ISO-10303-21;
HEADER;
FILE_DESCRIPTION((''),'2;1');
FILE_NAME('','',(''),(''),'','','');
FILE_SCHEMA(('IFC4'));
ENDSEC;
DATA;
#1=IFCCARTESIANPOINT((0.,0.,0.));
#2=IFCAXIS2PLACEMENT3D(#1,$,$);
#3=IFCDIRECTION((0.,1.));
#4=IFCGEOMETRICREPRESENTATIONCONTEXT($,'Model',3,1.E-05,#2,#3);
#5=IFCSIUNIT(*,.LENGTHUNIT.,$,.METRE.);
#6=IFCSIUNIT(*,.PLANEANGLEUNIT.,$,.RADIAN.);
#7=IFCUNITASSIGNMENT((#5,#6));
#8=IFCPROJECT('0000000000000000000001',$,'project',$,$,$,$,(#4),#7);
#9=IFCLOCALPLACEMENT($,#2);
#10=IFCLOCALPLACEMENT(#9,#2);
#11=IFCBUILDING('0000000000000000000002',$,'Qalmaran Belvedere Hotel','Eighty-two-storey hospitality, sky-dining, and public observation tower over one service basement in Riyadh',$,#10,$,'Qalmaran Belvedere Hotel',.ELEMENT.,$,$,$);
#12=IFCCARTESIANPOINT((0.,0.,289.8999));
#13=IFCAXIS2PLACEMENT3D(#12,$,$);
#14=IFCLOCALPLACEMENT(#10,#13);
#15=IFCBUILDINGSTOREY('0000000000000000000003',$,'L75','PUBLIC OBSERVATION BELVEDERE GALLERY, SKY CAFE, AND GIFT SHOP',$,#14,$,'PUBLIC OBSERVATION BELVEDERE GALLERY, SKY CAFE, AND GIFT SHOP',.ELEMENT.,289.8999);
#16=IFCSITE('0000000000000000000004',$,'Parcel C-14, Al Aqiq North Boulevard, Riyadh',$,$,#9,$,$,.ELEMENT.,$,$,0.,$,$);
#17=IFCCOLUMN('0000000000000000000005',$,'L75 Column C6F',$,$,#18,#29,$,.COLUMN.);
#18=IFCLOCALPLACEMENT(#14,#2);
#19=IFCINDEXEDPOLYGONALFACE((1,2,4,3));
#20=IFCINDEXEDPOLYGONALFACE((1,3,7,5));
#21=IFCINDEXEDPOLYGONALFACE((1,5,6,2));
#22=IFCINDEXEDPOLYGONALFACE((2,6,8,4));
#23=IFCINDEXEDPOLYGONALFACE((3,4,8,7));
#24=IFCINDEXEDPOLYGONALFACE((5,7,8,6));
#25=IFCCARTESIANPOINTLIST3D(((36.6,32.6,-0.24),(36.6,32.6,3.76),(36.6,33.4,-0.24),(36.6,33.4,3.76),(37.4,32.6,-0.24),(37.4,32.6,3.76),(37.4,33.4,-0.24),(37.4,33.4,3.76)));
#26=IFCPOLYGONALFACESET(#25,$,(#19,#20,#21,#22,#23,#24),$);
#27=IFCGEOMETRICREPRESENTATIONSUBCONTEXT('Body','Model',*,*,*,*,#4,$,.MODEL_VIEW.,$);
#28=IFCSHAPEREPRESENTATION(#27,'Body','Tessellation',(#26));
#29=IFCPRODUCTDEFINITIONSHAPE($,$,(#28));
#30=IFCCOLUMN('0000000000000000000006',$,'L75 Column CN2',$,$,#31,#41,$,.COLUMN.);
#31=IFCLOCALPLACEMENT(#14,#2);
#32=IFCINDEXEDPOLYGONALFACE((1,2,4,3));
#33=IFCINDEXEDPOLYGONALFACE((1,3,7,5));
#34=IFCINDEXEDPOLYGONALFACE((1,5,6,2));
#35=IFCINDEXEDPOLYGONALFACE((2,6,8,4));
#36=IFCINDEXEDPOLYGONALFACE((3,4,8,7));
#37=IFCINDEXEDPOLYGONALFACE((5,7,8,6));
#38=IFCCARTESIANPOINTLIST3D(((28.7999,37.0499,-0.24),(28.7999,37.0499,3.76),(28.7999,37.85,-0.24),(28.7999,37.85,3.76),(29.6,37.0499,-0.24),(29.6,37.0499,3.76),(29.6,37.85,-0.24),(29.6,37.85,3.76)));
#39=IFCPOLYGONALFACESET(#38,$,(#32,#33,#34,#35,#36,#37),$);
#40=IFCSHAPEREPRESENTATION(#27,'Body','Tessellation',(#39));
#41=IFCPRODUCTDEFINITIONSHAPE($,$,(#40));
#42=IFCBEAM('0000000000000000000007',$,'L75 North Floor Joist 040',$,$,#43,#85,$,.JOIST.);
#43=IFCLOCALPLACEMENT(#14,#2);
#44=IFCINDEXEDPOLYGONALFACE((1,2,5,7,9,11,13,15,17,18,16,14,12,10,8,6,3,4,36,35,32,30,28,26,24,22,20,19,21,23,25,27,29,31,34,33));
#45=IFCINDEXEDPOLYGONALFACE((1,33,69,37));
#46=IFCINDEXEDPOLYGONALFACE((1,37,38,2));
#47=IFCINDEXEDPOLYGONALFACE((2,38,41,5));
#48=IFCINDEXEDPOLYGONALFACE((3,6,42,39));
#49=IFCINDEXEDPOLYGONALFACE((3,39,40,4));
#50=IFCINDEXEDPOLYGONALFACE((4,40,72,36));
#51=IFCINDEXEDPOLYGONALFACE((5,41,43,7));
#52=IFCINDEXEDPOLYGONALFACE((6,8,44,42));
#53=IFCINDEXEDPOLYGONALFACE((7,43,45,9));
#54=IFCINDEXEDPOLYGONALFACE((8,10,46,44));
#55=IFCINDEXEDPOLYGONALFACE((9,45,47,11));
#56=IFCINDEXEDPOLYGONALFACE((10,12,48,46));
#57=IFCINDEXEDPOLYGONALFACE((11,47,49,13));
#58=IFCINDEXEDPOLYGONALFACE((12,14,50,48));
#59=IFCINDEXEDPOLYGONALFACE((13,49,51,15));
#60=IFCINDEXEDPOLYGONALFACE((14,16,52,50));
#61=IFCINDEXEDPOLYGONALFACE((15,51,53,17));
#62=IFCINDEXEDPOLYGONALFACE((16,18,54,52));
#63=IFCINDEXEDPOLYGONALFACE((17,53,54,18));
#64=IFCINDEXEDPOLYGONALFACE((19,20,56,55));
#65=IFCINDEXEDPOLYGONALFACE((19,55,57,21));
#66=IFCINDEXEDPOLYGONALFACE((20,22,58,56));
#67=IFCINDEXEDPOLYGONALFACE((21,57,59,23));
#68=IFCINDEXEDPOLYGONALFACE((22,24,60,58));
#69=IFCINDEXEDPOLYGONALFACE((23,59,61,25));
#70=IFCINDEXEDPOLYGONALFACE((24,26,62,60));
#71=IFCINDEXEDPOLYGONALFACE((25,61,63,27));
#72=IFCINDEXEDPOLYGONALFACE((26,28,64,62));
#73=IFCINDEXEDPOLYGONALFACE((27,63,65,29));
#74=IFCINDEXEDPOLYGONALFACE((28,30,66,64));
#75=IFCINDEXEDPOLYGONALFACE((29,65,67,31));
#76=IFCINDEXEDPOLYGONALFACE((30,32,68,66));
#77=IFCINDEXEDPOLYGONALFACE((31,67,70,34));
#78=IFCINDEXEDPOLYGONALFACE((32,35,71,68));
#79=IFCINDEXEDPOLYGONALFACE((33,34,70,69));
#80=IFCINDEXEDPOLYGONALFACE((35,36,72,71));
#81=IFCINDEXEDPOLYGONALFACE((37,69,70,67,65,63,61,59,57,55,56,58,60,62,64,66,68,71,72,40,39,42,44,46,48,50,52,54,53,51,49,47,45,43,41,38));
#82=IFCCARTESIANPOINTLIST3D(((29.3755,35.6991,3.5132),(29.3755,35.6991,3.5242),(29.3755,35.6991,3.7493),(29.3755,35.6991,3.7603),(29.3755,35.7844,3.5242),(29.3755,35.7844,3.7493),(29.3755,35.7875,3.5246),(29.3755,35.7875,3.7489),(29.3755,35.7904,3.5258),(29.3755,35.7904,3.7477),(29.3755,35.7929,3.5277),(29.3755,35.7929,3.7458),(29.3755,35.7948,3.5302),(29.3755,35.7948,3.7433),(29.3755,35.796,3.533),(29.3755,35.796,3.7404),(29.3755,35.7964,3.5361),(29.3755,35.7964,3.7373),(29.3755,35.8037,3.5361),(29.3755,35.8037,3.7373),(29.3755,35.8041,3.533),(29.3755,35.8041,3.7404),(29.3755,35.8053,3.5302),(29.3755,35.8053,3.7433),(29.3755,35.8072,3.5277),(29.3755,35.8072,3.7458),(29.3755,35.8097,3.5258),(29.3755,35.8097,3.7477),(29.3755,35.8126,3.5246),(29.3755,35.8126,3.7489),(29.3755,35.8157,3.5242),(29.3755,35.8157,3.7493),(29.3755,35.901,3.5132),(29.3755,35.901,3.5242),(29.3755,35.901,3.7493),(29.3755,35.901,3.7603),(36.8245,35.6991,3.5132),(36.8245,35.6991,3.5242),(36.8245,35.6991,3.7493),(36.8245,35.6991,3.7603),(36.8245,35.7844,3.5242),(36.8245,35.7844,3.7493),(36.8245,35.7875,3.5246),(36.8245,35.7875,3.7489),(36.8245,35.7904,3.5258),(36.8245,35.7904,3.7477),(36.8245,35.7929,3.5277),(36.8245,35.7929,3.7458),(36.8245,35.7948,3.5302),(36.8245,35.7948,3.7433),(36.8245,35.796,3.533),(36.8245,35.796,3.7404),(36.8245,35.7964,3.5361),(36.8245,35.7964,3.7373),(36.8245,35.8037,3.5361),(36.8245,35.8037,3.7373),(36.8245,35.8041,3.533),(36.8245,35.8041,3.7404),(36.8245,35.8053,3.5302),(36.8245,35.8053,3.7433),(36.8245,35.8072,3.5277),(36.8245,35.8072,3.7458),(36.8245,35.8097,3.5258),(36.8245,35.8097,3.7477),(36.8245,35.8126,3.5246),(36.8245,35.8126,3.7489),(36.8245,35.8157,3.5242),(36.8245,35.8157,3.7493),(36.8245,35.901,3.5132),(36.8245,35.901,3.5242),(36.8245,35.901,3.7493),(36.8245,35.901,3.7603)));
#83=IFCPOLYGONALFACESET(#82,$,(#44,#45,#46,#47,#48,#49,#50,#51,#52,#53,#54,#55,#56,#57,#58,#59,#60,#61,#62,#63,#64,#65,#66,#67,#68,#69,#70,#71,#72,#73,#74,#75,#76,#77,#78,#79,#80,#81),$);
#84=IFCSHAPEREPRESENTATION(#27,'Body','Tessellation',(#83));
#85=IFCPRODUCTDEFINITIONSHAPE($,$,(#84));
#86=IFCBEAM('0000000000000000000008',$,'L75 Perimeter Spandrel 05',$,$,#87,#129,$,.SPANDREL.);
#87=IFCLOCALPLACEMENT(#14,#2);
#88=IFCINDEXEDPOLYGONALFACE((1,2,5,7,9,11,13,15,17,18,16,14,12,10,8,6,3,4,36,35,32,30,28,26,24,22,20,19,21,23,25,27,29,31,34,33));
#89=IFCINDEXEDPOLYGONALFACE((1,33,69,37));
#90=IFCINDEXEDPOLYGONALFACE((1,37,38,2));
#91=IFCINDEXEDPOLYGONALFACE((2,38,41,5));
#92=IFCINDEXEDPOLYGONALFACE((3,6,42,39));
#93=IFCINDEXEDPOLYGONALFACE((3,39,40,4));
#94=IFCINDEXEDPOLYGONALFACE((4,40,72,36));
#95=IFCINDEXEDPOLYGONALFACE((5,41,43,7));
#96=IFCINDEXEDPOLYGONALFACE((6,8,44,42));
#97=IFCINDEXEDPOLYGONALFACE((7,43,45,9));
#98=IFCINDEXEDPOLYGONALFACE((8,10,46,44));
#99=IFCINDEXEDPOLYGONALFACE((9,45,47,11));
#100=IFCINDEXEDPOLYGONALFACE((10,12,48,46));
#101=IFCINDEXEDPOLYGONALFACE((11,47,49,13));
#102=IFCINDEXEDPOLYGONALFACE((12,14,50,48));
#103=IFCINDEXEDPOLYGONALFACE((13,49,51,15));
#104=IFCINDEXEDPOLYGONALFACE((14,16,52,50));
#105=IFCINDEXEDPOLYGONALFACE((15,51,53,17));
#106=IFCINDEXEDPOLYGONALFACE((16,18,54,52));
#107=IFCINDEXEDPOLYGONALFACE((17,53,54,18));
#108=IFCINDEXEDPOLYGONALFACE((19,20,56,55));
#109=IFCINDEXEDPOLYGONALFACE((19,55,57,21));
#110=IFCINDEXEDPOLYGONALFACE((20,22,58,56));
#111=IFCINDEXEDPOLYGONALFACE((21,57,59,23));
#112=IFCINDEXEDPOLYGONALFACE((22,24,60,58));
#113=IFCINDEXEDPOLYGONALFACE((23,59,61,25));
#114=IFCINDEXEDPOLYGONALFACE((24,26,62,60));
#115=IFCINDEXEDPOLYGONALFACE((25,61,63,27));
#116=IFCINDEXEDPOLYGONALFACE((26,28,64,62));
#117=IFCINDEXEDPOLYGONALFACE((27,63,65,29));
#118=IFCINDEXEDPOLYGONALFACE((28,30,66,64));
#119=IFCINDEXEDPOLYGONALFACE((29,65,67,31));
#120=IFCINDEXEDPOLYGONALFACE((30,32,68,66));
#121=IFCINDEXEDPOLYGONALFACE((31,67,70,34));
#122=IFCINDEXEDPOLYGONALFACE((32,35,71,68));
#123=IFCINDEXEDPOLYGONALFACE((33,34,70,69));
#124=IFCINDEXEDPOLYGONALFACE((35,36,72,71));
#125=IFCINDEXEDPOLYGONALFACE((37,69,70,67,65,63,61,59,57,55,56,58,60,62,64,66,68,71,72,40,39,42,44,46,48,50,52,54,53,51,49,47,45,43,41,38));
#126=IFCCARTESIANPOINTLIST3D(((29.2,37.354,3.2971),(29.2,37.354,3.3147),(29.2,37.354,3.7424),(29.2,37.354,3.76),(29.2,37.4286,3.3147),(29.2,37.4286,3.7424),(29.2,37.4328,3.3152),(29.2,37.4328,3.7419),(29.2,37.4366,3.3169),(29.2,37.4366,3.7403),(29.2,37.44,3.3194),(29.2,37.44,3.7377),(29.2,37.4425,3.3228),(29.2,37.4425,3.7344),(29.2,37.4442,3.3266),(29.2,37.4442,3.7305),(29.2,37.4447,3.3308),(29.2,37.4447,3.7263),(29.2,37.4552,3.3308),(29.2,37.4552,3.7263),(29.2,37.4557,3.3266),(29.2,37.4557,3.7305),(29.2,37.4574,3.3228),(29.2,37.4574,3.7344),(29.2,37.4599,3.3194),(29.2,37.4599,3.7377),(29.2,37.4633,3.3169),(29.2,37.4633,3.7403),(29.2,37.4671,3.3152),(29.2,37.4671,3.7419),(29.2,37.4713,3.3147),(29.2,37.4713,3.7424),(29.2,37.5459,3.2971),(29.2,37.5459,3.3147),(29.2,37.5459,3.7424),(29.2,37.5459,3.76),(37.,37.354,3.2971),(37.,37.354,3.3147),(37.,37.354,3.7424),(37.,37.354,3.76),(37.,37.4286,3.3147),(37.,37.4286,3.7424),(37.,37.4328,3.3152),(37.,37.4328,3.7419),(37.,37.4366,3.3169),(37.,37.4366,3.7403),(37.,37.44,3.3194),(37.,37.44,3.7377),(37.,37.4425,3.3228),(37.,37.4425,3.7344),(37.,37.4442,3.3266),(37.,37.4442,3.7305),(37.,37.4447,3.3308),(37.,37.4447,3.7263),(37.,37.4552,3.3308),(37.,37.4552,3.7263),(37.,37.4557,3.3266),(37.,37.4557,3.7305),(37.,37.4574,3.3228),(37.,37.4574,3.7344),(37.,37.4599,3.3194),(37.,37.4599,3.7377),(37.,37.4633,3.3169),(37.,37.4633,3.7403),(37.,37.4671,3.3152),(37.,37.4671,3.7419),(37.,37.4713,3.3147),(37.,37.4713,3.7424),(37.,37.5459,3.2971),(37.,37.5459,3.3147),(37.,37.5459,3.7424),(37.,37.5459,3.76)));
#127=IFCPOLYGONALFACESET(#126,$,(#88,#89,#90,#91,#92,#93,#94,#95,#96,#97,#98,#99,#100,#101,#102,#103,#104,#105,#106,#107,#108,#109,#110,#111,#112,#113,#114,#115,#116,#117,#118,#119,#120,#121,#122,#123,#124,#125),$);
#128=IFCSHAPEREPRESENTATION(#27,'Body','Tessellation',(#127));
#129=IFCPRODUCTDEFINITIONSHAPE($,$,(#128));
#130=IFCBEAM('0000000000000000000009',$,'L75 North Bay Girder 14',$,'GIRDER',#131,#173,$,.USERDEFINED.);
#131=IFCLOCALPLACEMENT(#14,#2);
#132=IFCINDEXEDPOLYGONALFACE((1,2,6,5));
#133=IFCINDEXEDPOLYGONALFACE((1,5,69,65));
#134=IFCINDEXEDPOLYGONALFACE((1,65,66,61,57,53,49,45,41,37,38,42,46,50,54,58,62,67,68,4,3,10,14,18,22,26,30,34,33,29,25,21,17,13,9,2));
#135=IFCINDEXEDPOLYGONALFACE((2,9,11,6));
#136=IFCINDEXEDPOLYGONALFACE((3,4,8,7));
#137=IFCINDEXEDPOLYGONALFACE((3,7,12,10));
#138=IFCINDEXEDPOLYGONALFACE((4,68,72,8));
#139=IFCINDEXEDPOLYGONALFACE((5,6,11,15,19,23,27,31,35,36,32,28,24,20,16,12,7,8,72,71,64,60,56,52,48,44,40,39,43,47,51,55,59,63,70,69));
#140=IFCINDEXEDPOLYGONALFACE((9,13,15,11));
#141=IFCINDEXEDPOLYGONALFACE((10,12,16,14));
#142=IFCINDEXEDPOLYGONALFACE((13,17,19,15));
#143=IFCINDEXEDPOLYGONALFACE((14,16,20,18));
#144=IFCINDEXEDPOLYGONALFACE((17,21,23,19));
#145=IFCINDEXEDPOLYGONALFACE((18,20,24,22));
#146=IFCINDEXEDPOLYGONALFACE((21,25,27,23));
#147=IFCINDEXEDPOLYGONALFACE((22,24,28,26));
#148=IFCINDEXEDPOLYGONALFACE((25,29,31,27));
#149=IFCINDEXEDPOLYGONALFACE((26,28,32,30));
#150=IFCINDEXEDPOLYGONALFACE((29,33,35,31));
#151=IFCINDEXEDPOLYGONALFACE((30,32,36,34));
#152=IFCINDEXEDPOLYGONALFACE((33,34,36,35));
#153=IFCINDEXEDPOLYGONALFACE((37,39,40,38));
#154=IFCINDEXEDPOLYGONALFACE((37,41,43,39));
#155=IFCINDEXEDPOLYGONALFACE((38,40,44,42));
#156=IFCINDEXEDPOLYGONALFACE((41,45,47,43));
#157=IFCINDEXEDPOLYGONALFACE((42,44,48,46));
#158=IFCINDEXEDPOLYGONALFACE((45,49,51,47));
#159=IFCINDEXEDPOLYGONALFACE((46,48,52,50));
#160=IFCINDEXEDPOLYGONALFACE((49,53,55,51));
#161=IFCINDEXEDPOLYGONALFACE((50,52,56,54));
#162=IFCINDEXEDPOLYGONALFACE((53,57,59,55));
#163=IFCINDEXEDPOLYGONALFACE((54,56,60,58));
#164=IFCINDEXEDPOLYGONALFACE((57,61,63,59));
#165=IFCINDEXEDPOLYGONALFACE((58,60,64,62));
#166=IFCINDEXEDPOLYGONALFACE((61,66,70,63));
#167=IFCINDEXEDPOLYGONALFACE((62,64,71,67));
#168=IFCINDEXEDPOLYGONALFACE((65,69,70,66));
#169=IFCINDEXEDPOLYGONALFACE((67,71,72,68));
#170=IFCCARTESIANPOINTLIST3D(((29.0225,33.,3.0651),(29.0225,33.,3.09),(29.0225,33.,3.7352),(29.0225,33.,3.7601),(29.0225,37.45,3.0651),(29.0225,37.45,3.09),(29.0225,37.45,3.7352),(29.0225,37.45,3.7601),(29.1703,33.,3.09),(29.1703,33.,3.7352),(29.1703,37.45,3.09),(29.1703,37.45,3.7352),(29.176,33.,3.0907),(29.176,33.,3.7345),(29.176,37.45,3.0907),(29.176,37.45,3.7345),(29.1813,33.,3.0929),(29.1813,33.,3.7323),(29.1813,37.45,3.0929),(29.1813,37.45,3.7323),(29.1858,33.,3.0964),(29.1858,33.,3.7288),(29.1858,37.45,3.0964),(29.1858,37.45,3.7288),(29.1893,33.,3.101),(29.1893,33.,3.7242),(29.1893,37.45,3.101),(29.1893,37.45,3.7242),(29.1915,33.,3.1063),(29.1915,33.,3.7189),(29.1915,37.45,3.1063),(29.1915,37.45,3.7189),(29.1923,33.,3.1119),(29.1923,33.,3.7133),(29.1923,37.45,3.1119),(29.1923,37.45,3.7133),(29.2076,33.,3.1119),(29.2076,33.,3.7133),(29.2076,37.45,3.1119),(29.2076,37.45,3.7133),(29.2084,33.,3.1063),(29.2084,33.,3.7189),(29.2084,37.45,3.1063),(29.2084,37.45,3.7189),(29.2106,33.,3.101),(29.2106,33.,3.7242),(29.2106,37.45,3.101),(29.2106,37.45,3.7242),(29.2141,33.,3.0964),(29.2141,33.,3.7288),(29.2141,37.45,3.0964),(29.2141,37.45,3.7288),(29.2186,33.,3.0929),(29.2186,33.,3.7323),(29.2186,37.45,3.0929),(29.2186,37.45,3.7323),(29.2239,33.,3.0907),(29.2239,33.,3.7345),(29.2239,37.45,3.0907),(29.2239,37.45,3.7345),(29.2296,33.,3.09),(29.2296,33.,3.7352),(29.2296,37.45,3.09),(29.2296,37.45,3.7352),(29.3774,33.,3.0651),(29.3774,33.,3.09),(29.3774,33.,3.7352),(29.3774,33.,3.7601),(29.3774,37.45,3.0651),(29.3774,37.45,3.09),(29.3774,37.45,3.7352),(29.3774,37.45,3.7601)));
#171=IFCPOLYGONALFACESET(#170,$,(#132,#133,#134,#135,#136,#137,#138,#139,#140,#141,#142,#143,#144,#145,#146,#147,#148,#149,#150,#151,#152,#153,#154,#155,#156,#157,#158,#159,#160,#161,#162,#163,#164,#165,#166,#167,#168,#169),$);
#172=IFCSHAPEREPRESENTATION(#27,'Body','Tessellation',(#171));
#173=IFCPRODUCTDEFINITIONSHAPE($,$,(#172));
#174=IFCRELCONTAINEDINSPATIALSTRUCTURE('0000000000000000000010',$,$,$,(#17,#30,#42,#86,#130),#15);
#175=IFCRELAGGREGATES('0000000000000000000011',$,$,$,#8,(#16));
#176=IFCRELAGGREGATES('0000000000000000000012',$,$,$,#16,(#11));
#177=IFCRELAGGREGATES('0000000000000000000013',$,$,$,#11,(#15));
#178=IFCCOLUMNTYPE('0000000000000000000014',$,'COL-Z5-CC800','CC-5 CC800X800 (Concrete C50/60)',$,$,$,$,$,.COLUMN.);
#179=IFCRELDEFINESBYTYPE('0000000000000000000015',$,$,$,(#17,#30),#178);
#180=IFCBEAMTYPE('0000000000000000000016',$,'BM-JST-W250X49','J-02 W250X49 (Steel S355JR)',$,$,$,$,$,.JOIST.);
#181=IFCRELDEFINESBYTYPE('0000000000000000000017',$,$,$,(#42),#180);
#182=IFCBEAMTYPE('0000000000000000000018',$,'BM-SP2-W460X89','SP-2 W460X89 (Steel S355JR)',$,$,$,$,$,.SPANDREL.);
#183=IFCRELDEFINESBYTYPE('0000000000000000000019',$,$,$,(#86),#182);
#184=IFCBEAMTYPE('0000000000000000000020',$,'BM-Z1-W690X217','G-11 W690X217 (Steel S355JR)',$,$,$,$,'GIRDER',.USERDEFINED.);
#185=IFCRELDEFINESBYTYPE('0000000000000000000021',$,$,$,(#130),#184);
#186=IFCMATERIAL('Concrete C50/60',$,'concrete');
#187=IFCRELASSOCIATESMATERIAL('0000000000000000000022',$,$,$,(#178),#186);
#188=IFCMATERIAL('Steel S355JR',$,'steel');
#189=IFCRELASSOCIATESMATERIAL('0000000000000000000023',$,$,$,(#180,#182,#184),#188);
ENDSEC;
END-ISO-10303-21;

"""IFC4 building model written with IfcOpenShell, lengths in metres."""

from ifc_helpers import new_model, si_unit, direction, frame, origin, origin_2d, place, context, subcontext, project, spatial, rectangle, i_section, extrude, material, material_profile, profile_set, type_object, element, save


model = new_model("IFC4")

# Units and contexts
model_context = context("Model", 3, precision=1e-05, world=origin(), true_north=direction((0.0, 1.0)))
body_context = subcontext(model_context, "Body", "Model", "MODEL_VIEW")
ifc_project = project(units=[si_unit("LENGTHUNIT", "METRE"), si_unit("PLANEANGLEUNIT", "RADIAN")], contexts=[model_context])

# Site, building, storey
site_placement = place(None, origin())
site = spatial("IfcSite", under=ifc_project, at=site_placement, Name="Parcel C-14, Al Aqiq North Boulevard, Riyadh", CompositionType="ELEMENT", RefElevation=0.0)
building_placement = place(site_placement, origin())
building = spatial("IfcBuilding", under=site, at=building_placement, Name="Qalmaran Belvedere Hotel", Description="Eighty-two-storey hospitality, sky-dining, and public observation tower over one service basement in Riyadh", LongName="Qalmaran Belvedere Hotel", CompositionType="ELEMENT")
storey_placement = place(building_placement, frame((0.0, 0.0, 289.8999)))
storey = spatial("IfcBuildingStorey", under=building, at=storey_placement, Name="L75", Description="PUBLIC OBSERVATION BELVEDERE GALLERY, SKY CAFE, AND GIFT SHOP", LongName="PUBLIC OBSERVATION BELVEDERE GALLERY, SKY CAFE, AND GIFT SHOP", CompositionType="ELEMENT", Elevation=289.8999)

# Columns
ifc_material_1 = material(Name="Concrete C50/60", Category="concrete")
ifc_material_profile_1 = material_profile(ifc_material_1, rectangle(XDim=0.8, YDim=0.8, at=origin_2d()), Name="CC800X800")
ifc_profile_set_1 = profile_set([ifc_material_profile_1], Name="Concrete C50/60")
column_type = type_object("IfcColumnType", Name="COL-Z5-CC800", Description="CC-5 CC800X800 (Concrete C50/60)", PredefinedType="COLUMN", material=ifc_profile_set_1)
for number, where, z_axis, x_axis, name in (
    (1, (37.0, 33.0, -0.24), (0.0, 0.0, 1.0), (1.0, 0.0, 0.0), "L75 Column C6F"),
    (2, (29.2, 37.45, -0.24), (0.0, 0.0, 1.0), (1.0, 0.0, 0.0), "L75 Column CN2"),
):
    element("IfcColumn", number, at=place(storey_placement, frame(where, z_axis=z_axis, x_axis=x_axis)), inside=storey, type_object=column_type, Name=name, PredefinedType="COLUMN", context=body_context, shape_type="SweptSolid", body=[
        extrude(rectangle(XDim=0.8, YDim=0.8, at=origin_2d()), origin(), (0.0, 0.0, 1.0), 4.0),
    ])

# Beams
ifc_material_2 = material(Name="Steel S355JR", Category="steel")
ifc_material_profile_2 = material_profile(ifc_material_2, i_section(OverallWidth=0.2019, OverallDepth=0.2471, WebThickness=0.0073, FlangeThickness=0.011, FilletRadius=0.012, at=origin_2d()), Name="W250X49")
ifc_profile_set_2 = profile_set([ifc_material_profile_2], Name="Steel S355JR")
beam_type_1 = type_object("IfcBeamType", Name="BM-JST-W250X49", Description="J-02 W250X49 (Steel S355JR)", PredefinedType="JOIST", material=ifc_profile_set_2)
beam_1_placement = place(storey_placement, frame((29.3755, 35.8, 3.6367), z_axis=(1.0, 0.0, 0.0), x_axis=(0.0, 1.0, 0.0)))
element("IfcBeam", 3, at=beam_1_placement, inside=storey, type_object=beam_type_1, Name="L75 North Floor Joist 040", PredefinedType="JOIST", context=body_context, shape_type="SweptSolid", body=[
    extrude(i_section(OverallWidth=0.2019, OverallDepth=0.2471, WebThickness=0.0073, FlangeThickness=0.011, FilletRadius=0.012, at=origin_2d()), origin(), (0.0, 0.0, 1.0), 7.449),
])
ifc_material_profile_3 = material_profile(ifc_material_2, i_section(OverallWidth=0.1919, OverallDepth=0.4629, WebThickness=0.0105, FlangeThickness=0.0176, FilletRadius=0.0161, at=origin_2d()), Name="W460X89")
ifc_profile_set_3 = profile_set([ifc_material_profile_3], Name="Steel S355JR")
beam_type_2 = type_object("IfcBeamType", Name="BM-SP2-W460X89", Description="SP-2 W460X89 (Steel S355JR)", PredefinedType="SPANDREL", material=ifc_profile_set_3)
beam_2_placement = place(storey_placement, frame((29.2, 37.45, 3.5286), z_axis=(1.0, 0.0, 0.0), x_axis=(0.0, 1.0, 0.0)))
element("IfcBeam", 4, at=beam_2_placement, inside=storey, type_object=beam_type_2, Name="L75 Perimeter Spandrel 05", PredefinedType="SPANDREL", context=body_context, shape_type="SweptSolid", body=[
    extrude(i_section(OverallWidth=0.1919, OverallDepth=0.4629, WebThickness=0.0105, FlangeThickness=0.0176, FilletRadius=0.0161, at=origin_2d()), origin(), (0.0, 0.0, 1.0), 7.8),
])
ifc_material_profile_4 = material_profile(ifc_material_2, i_section(OverallWidth=0.355, OverallDepth=0.6951, WebThickness=0.0154, FlangeThickness=0.0249, FilletRadius=0.022, at=origin_2d()), Name="W690X217")
ifc_profile_set_4 = profile_set([ifc_material_profile_4], Name="Steel S355JR")
beam_type_3 = type_object("IfcBeamType", Name="BM-Z1-W690X217", Description="G-11 W690X217 (Steel S355JR)", ElementType="GIRDER", PredefinedType="USERDEFINED", material=ifc_profile_set_4)
for number, where, z_axis, x_axis, name in (
    (5, (29.2, 33.0, 3.4126), (0.0, 1.0, 0.0), (-1.0, 0.0, 0.0), "L75 North Bay Girder 14"),
):
    element("IfcBeam", number, at=place(storey_placement, frame(where, z_axis=z_axis, x_axis=x_axis)), inside=storey, type_object=beam_type_3, Name=name, ObjectType="GIRDER", PredefinedType="USERDEFINED", context=body_context, shape_type="SweptSolid", body=[
        extrude(i_section(OverallWidth=0.355, OverallDepth=0.6951, WebThickness=0.0154, FlangeThickness=0.0249, FilletRadius=0.022, at=origin_2d()), origin(), (0.0, 0.0, 1.0), 4.45),
    ])

save(model, "model.ifc")
